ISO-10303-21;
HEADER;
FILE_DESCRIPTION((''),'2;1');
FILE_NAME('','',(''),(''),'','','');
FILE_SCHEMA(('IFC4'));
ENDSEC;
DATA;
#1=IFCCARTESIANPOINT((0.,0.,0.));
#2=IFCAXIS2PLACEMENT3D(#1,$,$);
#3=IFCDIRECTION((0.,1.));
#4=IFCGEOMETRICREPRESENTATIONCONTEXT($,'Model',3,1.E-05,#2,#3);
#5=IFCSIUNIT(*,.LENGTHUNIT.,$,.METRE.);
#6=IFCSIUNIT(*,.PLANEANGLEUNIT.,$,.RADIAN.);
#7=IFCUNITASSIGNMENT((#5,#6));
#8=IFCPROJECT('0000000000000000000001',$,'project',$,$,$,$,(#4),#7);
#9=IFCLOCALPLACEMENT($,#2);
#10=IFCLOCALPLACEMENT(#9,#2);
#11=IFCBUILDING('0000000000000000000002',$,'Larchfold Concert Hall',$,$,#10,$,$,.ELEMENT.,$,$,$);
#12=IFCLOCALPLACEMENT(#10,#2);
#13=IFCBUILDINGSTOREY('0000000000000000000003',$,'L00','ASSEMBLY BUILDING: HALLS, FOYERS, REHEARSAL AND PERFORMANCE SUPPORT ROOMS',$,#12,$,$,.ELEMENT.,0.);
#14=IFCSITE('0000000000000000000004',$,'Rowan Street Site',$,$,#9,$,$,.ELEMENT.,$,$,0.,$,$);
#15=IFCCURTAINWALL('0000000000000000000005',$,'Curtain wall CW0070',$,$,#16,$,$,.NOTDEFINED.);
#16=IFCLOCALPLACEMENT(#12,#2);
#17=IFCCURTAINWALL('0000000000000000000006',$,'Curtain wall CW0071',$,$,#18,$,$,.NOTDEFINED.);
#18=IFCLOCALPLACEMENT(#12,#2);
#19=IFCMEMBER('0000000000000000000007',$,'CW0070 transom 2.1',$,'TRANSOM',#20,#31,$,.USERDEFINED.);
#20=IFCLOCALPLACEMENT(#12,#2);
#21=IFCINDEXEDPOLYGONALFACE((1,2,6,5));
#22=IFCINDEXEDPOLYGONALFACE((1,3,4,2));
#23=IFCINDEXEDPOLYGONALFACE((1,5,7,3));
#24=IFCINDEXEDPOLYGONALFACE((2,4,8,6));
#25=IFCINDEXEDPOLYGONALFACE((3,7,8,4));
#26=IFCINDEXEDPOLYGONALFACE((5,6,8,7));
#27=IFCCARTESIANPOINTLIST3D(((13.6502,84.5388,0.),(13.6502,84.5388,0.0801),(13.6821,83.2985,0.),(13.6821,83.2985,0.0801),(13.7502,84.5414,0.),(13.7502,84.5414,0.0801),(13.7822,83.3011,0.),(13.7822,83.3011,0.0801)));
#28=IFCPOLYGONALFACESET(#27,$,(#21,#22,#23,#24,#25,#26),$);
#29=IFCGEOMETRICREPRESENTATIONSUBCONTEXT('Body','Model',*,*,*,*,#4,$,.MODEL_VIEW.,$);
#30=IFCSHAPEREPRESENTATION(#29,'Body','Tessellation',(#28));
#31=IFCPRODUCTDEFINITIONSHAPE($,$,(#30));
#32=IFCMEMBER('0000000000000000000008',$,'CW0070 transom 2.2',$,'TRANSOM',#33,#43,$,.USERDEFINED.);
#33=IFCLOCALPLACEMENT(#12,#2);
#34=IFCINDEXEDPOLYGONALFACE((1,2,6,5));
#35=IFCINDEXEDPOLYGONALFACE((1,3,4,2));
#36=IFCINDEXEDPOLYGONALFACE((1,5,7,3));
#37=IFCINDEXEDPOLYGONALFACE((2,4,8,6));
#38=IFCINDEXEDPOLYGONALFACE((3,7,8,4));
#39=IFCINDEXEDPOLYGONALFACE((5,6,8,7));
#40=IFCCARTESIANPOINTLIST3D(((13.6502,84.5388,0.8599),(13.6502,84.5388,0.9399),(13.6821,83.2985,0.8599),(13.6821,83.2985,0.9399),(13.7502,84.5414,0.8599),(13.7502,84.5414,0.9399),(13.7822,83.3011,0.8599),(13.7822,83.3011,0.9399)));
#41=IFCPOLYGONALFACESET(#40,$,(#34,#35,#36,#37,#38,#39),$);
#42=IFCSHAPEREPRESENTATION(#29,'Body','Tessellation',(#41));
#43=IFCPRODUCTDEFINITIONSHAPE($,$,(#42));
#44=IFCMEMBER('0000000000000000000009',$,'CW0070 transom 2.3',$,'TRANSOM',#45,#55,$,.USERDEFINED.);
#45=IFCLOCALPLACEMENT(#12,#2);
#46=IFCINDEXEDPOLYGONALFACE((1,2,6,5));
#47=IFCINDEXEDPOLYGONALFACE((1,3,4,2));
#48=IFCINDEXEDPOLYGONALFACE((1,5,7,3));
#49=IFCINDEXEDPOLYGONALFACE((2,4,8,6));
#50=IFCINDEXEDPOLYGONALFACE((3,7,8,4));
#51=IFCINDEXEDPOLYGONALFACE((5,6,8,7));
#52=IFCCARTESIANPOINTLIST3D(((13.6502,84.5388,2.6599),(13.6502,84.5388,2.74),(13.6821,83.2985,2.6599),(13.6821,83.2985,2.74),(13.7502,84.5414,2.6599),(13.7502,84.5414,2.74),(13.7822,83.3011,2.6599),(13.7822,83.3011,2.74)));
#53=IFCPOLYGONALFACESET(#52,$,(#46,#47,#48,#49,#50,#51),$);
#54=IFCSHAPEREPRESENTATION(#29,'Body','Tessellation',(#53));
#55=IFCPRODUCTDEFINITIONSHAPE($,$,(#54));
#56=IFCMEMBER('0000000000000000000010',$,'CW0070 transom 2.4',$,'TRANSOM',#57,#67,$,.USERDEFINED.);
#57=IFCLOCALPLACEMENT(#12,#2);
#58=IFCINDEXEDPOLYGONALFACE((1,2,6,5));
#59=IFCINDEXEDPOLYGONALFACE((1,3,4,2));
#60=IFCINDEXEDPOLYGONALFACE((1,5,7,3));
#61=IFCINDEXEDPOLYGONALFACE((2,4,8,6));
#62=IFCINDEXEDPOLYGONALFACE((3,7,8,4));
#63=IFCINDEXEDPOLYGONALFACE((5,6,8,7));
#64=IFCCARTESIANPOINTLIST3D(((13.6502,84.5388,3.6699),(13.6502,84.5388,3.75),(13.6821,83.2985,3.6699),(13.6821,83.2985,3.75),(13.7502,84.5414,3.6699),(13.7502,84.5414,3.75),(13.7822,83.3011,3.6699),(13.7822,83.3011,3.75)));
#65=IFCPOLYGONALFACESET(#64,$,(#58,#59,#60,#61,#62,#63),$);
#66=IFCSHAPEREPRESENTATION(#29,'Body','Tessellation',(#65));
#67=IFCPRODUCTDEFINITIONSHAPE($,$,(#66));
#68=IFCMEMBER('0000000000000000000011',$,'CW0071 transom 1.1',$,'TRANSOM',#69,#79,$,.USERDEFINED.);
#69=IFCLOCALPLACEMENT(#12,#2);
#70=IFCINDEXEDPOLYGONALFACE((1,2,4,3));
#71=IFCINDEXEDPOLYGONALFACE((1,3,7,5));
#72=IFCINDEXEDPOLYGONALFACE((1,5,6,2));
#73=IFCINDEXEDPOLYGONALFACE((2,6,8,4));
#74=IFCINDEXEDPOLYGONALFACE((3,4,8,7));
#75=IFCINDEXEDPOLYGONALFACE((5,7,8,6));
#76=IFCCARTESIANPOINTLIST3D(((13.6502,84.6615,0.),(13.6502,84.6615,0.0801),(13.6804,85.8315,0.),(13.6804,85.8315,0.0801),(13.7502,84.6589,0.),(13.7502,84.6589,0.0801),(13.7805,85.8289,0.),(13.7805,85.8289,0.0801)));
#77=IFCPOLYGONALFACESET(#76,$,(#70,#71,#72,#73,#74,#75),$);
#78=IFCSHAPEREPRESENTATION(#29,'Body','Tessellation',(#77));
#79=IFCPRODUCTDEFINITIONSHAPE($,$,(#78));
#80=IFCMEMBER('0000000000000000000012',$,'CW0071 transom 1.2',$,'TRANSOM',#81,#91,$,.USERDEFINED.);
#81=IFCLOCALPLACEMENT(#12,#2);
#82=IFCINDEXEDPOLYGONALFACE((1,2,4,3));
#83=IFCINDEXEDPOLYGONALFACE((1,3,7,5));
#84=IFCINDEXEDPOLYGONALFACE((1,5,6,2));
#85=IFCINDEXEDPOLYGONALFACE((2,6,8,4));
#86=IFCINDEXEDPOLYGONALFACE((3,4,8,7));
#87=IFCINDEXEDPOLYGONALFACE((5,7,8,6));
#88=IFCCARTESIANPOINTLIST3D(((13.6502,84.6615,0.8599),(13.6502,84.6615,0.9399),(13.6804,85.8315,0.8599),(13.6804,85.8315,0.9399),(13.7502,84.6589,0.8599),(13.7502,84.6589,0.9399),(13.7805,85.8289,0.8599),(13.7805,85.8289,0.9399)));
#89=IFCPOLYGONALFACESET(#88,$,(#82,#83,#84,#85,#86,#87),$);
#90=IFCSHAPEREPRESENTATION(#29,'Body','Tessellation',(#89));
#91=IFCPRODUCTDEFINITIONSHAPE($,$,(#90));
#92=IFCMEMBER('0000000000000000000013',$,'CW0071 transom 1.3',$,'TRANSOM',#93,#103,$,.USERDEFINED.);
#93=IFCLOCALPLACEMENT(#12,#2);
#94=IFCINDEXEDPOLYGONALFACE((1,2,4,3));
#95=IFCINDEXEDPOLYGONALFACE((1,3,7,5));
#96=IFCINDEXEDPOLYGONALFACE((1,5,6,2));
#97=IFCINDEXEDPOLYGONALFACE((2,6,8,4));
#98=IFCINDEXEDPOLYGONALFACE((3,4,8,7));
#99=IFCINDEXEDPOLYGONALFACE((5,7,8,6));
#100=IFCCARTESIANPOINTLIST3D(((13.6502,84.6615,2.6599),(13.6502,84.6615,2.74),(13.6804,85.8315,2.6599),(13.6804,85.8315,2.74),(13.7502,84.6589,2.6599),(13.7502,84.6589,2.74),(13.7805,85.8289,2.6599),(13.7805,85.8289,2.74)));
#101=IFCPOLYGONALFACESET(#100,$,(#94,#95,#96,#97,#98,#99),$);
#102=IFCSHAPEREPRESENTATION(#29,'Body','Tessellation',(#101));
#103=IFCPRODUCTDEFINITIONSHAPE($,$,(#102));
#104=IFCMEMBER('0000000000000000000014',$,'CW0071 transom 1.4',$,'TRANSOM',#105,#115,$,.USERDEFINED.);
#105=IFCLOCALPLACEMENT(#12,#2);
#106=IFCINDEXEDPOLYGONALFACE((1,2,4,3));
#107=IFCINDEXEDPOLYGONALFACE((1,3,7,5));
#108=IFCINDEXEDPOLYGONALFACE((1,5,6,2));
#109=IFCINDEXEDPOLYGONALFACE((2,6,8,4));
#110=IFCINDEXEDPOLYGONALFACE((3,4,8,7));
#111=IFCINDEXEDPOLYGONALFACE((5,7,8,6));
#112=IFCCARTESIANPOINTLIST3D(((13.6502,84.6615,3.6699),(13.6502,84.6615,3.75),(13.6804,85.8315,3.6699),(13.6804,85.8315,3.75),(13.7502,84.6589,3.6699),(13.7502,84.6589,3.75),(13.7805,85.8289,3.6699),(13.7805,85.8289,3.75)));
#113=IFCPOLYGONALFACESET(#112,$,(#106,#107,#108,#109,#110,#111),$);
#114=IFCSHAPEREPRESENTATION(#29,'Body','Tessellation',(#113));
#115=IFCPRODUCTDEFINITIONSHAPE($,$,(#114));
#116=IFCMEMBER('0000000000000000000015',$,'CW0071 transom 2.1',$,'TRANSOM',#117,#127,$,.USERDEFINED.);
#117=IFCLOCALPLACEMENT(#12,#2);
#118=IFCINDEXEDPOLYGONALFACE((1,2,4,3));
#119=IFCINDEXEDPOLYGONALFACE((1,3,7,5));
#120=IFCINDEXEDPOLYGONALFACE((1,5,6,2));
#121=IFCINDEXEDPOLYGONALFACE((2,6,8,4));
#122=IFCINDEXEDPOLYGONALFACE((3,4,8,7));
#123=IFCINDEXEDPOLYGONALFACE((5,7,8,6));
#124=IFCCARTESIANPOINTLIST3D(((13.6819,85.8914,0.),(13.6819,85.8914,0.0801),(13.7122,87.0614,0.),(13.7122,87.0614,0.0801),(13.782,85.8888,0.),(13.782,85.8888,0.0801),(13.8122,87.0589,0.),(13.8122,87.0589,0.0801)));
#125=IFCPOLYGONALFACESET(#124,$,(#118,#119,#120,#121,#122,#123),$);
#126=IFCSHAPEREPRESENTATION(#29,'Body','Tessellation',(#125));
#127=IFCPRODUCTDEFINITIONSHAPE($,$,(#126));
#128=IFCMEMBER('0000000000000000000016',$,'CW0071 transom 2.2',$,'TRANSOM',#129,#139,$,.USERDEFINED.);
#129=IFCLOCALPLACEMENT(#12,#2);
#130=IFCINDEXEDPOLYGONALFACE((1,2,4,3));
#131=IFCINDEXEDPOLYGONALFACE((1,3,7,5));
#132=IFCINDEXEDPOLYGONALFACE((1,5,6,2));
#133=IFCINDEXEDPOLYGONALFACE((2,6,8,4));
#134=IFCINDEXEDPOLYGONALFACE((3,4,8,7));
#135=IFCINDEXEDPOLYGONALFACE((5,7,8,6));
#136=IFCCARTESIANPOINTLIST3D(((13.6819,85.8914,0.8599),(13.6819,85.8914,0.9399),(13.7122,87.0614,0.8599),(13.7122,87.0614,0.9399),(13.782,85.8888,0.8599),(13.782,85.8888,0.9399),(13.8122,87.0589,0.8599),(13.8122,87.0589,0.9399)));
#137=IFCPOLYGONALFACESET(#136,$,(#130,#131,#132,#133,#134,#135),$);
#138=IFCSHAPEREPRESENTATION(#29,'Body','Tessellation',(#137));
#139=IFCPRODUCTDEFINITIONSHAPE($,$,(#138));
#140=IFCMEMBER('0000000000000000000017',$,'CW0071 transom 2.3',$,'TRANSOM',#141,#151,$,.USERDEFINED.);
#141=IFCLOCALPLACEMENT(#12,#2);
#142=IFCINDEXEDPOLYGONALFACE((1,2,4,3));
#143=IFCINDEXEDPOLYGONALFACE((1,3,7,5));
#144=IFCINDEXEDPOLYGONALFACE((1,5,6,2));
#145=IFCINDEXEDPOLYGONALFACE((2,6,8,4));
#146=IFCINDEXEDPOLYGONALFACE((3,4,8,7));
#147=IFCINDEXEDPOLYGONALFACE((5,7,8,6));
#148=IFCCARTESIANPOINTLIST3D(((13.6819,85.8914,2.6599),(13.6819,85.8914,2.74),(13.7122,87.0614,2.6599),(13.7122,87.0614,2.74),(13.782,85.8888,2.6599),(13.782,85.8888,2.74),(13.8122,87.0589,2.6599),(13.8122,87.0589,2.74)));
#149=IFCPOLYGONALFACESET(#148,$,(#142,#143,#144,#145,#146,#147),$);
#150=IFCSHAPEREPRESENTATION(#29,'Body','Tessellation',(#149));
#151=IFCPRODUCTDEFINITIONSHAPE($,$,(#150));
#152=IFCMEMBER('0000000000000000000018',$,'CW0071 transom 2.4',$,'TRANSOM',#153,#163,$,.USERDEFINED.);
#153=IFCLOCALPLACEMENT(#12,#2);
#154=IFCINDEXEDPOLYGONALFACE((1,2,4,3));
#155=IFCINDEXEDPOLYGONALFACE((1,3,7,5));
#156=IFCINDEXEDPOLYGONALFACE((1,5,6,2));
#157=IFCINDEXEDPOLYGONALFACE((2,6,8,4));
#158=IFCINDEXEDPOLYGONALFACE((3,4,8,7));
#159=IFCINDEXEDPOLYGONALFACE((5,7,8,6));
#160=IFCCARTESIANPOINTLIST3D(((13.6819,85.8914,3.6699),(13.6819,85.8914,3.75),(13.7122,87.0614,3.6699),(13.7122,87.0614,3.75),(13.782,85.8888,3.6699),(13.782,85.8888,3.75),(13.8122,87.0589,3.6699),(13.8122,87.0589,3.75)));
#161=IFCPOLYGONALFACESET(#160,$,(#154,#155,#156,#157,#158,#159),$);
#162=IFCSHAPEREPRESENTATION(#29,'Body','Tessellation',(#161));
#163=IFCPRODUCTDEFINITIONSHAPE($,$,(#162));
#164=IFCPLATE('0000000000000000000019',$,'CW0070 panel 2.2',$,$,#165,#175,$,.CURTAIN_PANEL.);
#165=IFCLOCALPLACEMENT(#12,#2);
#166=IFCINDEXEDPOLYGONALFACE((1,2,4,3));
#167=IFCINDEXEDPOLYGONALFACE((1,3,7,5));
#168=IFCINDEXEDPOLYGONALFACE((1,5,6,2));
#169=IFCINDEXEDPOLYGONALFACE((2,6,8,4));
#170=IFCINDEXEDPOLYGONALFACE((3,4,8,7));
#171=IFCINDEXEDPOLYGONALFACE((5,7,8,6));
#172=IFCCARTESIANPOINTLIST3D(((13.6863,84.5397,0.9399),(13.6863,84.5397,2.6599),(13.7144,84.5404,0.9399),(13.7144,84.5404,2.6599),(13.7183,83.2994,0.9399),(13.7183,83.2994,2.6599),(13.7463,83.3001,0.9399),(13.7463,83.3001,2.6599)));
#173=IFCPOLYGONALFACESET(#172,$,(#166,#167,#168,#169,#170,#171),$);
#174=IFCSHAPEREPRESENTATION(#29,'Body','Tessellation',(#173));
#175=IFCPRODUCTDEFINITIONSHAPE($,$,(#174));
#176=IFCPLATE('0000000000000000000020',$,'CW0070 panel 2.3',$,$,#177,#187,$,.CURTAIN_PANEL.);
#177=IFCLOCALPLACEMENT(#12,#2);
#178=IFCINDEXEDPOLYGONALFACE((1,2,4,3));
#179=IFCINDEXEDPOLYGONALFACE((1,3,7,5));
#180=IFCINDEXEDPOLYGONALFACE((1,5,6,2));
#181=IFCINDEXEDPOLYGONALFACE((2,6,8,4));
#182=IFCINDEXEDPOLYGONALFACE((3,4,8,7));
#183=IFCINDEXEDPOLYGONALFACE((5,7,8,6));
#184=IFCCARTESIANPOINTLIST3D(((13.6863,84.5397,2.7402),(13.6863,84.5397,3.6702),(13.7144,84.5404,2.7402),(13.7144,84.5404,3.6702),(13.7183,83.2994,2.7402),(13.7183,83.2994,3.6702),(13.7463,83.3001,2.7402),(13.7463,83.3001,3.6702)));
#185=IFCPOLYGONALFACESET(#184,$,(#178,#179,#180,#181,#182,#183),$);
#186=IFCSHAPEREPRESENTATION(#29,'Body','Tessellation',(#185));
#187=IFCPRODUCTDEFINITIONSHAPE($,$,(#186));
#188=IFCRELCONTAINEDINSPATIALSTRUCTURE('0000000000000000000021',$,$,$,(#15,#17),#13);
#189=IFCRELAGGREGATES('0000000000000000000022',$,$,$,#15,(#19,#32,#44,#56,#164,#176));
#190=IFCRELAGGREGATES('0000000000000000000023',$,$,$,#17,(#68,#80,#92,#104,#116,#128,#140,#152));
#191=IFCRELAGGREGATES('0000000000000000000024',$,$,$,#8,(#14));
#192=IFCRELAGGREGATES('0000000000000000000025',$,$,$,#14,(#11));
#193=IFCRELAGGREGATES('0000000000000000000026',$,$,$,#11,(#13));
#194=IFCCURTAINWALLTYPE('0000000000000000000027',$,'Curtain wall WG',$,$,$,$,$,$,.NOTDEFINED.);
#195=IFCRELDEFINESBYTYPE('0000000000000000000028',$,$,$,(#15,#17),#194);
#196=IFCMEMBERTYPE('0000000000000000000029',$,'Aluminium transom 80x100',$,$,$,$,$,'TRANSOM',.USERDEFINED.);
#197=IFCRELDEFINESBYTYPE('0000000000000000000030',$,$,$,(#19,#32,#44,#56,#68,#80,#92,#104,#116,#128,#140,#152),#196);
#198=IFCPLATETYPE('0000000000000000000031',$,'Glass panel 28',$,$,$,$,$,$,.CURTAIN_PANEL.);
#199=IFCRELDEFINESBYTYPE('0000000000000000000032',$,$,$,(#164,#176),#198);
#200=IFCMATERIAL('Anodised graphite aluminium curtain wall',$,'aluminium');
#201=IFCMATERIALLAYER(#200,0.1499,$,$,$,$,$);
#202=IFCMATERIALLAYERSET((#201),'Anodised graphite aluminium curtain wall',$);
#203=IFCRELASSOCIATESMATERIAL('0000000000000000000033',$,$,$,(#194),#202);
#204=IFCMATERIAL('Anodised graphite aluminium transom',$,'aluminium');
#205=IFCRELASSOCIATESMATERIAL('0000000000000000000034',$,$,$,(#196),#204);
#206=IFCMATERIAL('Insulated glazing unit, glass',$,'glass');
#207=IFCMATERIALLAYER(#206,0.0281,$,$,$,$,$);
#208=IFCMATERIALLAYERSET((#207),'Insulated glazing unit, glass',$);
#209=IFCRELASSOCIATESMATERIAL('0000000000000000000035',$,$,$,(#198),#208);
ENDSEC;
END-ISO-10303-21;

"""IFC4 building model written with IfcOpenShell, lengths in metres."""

from ifc_helpers import new_model, si_unit, direction, frame, origin, origin_2d, place, context, subcontext, project, spatial, rectangle, extrude, material, layer, layer_set, material_profile, profile_set, type_object, element, aggregate, save


model = new_model("IFC4")

# Units and contexts
model_context = context("Model", 3, precision=1e-05, world=origin(), true_north=direction((0.0, 1.0)))
body_context = subcontext(model_context, "Body", "Model", "MODEL_VIEW")
ifc_project = project(units=[si_unit("LENGTHUNIT", "METRE"), si_unit("PLANEANGLEUNIT", "RADIAN")], contexts=[model_context])

# Site, building, storey
site_placement = place(None, origin())
site = spatial("IfcSite", under=ifc_project, at=site_placement, Name="Rowan Street Site", CompositionType="ELEMENT", RefElevation=0.0)
building_placement = place(site_placement, origin())
building = spatial("IfcBuilding", under=site, at=building_placement, Name="Larchfold Concert Hall", CompositionType="ELEMENT")
storey_placement = place(building_placement, origin())
storey = spatial("IfcBuildingStorey", under=building, at=storey_placement, Name="L00", Description="ASSEMBLY BUILDING: HALLS, FOYERS, REHEARSAL AND PERFORMANCE SUPPORT ROOMS", CompositionType="ELEMENT", Elevation=0.0)

# Curtain wall
ifc_material_1 = material(Name="Anodised graphite aluminium curtain wall", Category="aluminium")
ifc_layer_1 = layer(ifc_material_1, 0.1499)
ifc_layer_set_1 = layer_set([ifc_layer_1], Name="Anodised graphite aluminium curtain wall")
curtain_wall_type = type_object("IfcCurtainWallType", Name="Curtain wall WG", PredefinedType="NOTDEFINED", material=ifc_layer_set_1)
curtain_wall_1_placement = place(storey_placement, origin())
curtain_wall_1 = element("IfcCurtainWall", 1, at=curtain_wall_1_placement, inside=storey, type_object=curtain_wall_type, Name="Curtain wall CW0070", PredefinedType="NOTDEFINED")

# Curtain wall
curtain_wall_2_placement = place(storey_placement, origin())
curtain_wall_2 = element("IfcCurtainWall", 2, at=curtain_wall_2_placement, inside=storey, type_object=curtain_wall_type, Name="Curtain wall CW0071", PredefinedType="NOTDEFINED")

# Members
ifc_material_2 = material(Name="Anodised graphite aluminium transom", Category="aluminium")
ifc_material_profile_1 = material_profile(ifc_material_2, rectangle(XDim=0.1001, YDim=0.0801, at=origin_2d()))
ifc_profile_set_1 = profile_set([ifc_material_profile_1], Name="Anodised graphite aluminium transom")
member_type_1 = type_object("IfcMemberType", Name="Aluminium transom 80x100", ElementType="TRANSOM", PredefinedType="USERDEFINED", material=ifc_profile_set_1)
member_1_placement = place(storey_placement, frame((13.7322, 83.2998, 0.04), z_axis=(-0.025779, 0.999668, 0.0), x_axis=(-0.999668, -0.025779, 0.0)))
member_1 = element("IfcMember", 3, at=member_1_placement, type_object=member_type_1, Name="CW0070 transom 2.1", ObjectType="TRANSOM", PredefinedType="USERDEFINED", context=body_context, shape_type="SweptSolid", body=[
    extrude(rectangle(XDim=0.1001, YDim=0.0801, at=origin_2d()), origin(), (0.0, 0.0, 1.0), 1.2407),
])
member_2_placement = place(storey_placement, frame((13.7322, 83.2998, 0.8999), z_axis=(-0.025779, 0.999668, 0.0), x_axis=(-0.999668, -0.025779, 0.0)))
member_2 = element("IfcMember", 4, at=member_2_placement, type_object=member_type_1, Name="CW0070 transom 2.2", ObjectType="TRANSOM", PredefinedType="USERDEFINED", context=body_context, shape_type="SweptSolid", body=[
    extrude(rectangle(XDim=0.1001, YDim=0.0801, at=origin_2d()), origin(), (0.0, 0.0, 1.0), 1.2407),
])
member_3_placement = place(storey_placement, frame((13.7322, 83.2998, 2.7), z_axis=(-0.025779, 0.999668, 0.0), x_axis=(-0.999668, -0.025779, 0.0)))
member_3 = element("IfcMember", 5, at=member_3_placement, type_object=member_type_1, Name="CW0070 transom 2.3", ObjectType="TRANSOM", PredefinedType="USERDEFINED", context=body_context, shape_type="SweptSolid", body=[
    extrude(rectangle(XDim=0.1001, YDim=0.0801, at=origin_2d()), origin(), (0.0, 0.0, 1.0), 1.2407),
])
member_4_placement = place(storey_placement, frame((13.7322, 83.2998, 3.71), z_axis=(-0.025779, 0.999668, 0.0), x_axis=(-0.999668, -0.025779, 0.0)))
member_4 = element("IfcMember", 6, at=member_4_placement, type_object=member_type_1, Name="CW0070 transom 2.4", ObjectType="TRANSOM", PredefinedType="USERDEFINED", context=body_context, shape_type="SweptSolid", body=[
    extrude(rectangle(XDim=0.1001, YDim=0.0801, at=origin_2d()), origin(), (0.0, 0.0, 1.0), 1.2407),
])
member_5_placement = place(storey_placement, frame((13.7002, 84.6602, 0.04), z_axis=(0.025868, 0.999665, 0.0), x_axis=(-0.999665, 0.025868, 0.0)))
member_5 = element("IfcMember", 7, at=member_5_placement, type_object=member_type_1, Name="CW0071 transom 1.1", ObjectType="TRANSOM", PredefinedType="USERDEFINED", context=body_context, shape_type="SweptSolid", body=[
    extrude(rectangle(XDim=0.1001, YDim=0.0801, at=origin_2d()), origin(), (0.0, 0.0, 1.0), 1.1704),
])
member_6_placement = place(storey_placement, frame((13.7002, 84.6602, 0.8999), z_axis=(0.025868, 0.999665, 0.0), x_axis=(-0.999665, 0.025868, 0.0)))
member_6 = element("IfcMember", 8, at=member_6_placement, type_object=member_type_1, Name="CW0071 transom 1.2", ObjectType="TRANSOM", PredefinedType="USERDEFINED", context=body_context, shape_type="SweptSolid", body=[
    extrude(rectangle(XDim=0.1001, YDim=0.0801, at=origin_2d()), origin(), (0.0, 0.0, 1.0), 1.1704),
])
member_7_placement = place(storey_placement, frame((13.7002, 84.6602, 2.7), z_axis=(0.025868, 0.999665, 0.0), x_axis=(-0.999665, 0.025868, 0.0)))
member_7 = element("IfcMember", 9, at=member_7_placement, type_object=member_type_1, Name="CW0071 transom 1.3", ObjectType="TRANSOM", PredefinedType="USERDEFINED", context=body_context, shape_type="SweptSolid", body=[
    extrude(rectangle(XDim=0.1001, YDim=0.0801, at=origin_2d()), origin(), (0.0, 0.0, 1.0), 1.1704),
])
member_8_placement = place(storey_placement, frame((13.7002, 84.6602, 3.71), z_axis=(0.025868, 0.999665, 0.0), x_axis=(-0.999665, 0.025868, 0.0)))
member_8 = element("IfcMember", 10, at=member_8_placement, type_object=member_type_1, Name="CW0071 transom 1.4", ObjectType="TRANSOM", PredefinedType="USERDEFINED", context=body_context, shape_type="SweptSolid", body=[
    extrude(rectangle(XDim=0.1001, YDim=0.0801, at=origin_2d()), origin(), (0.0, 0.0, 1.0), 1.1704),
])
member_9_placement = place(storey_placement, frame((13.7319, 85.8901, 0.04), z_axis=(0.025868, 0.999665, 0.0), x_axis=(-0.999665, 0.025868, 0.0)))
member_9 = element("IfcMember", 11, at=member_9_placement, type_object=member_type_1, Name="CW0071 transom 2.1", ObjectType="TRANSOM", PredefinedType="USERDEFINED", context=body_context, shape_type="SweptSolid", body=[
    extrude(rectangle(XDim=0.1001, YDim=0.0801, at=origin_2d()), origin(), (0.0, 0.0, 1.0), 1.1704),
])
member_10_placement = place(storey_placement, frame((13.7319, 85.8901, 0.8999), z_axis=(0.025868, 0.999665, 0.0), x_axis=(-0.999665, 0.025868, 0.0)))
member_10 = element("IfcMember", 12, at=member_10_placement, type_object=member_type_1, Name="CW0071 transom 2.2", ObjectType="TRANSOM", PredefinedType="USERDEFINED", context=body_context, shape_type="SweptSolid", body=[
    extrude(rectangle(XDim=0.1001, YDim=0.0801, at=origin_2d()), origin(), (0.0, 0.0, 1.0), 1.1704),
])
member_11_placement = place(storey_placement, frame((13.7319, 85.8901, 2.7), z_axis=(0.025868, 0.999665, 0.0), x_axis=(-0.999665, 0.025868, 0.0)))
member_11 = element("IfcMember", 13, at=member_11_placement, type_object=member_type_1, Name="CW0071 transom 2.3", ObjectType="TRANSOM", PredefinedType="USERDEFINED", context=body_context, shape_type="SweptSolid", body=[
    extrude(rectangle(XDim=0.1001, YDim=0.0801, at=origin_2d()), origin(), (0.0, 0.0, 1.0), 1.1704),
])
member_12_placement = place(storey_placement, frame((13.7319, 85.8901, 3.71), z_axis=(0.025868, 0.999665, 0.0), x_axis=(-0.999665, 0.025868, 0.0)))
member_12 = element("IfcMember", 14, at=member_12_placement, type_object=member_type_1, Name="CW0071 transom 2.4", ObjectType="TRANSOM", PredefinedType="USERDEFINED", context=body_context, shape_type="SweptSolid", body=[
    extrude(rectangle(XDim=0.1001, YDim=0.0801, at=origin_2d()), origin(), (0.0, 0.0, 1.0), 1.1704),
])

# Plates
ifc_material_3 = material(Name="Insulated glazing unit, glass", Category="glass")
ifc_layer_2 = layer(ifc_material_3, 0.0281)
ifc_layer_set_2 = layer_set([ifc_layer_2], Name="Insulated glazing unit, glass")
plate_type_1 = type_object("IfcPlateType", Name="Glass panel 28", PredefinedType="CURTAIN_PANEL", material=ifc_layer_set_2)
plate_1_placement = place(storey_placement, frame((13.7163, 83.9199, 0.9399), z_axis=(0.0, 0.0, 1.0), x_axis=(-0.025776, 0.999668, 0.0)))
plate_1 = element("IfcPlate", 15, at=plate_1_placement, type_object=plate_type_1, Name="CW0070 panel 2.2", PredefinedType="CURTAIN_PANEL", context=body_context, shape_type="SweptSolid", body=[
    extrude(rectangle(XDim=1.2407, YDim=0.0281, at=origin_2d()), origin(), (0.0, 0.0, 1.0), 1.72),
])
plate_2_placement = place(storey_placement, frame((13.7163, 83.9199, 2.7402), z_axis=(0.0, 0.0, 1.0), x_axis=(-0.025776, 0.999668, 0.0)))
plate_2 = element("IfcPlate", 16, at=plate_2_placement, type_object=plate_type_1, Name="CW0070 panel 2.3", PredefinedType="CURTAIN_PANEL", context=body_context, shape_type="SweptSolid", body=[
    extrude(rectangle(XDim=1.2407, YDim=0.0281, at=origin_2d()), origin(), (0.0, 0.0, 1.0), 0.9299),
])
aggregate(curtain_wall_1, [member_1, member_2, member_3, member_4, plate_1, plate_2])
aggregate(curtain_wall_2, [member_5, member_6, member_7, member_8, member_9, member_10, member_11, member_12])

save(model, "model.ifc")
